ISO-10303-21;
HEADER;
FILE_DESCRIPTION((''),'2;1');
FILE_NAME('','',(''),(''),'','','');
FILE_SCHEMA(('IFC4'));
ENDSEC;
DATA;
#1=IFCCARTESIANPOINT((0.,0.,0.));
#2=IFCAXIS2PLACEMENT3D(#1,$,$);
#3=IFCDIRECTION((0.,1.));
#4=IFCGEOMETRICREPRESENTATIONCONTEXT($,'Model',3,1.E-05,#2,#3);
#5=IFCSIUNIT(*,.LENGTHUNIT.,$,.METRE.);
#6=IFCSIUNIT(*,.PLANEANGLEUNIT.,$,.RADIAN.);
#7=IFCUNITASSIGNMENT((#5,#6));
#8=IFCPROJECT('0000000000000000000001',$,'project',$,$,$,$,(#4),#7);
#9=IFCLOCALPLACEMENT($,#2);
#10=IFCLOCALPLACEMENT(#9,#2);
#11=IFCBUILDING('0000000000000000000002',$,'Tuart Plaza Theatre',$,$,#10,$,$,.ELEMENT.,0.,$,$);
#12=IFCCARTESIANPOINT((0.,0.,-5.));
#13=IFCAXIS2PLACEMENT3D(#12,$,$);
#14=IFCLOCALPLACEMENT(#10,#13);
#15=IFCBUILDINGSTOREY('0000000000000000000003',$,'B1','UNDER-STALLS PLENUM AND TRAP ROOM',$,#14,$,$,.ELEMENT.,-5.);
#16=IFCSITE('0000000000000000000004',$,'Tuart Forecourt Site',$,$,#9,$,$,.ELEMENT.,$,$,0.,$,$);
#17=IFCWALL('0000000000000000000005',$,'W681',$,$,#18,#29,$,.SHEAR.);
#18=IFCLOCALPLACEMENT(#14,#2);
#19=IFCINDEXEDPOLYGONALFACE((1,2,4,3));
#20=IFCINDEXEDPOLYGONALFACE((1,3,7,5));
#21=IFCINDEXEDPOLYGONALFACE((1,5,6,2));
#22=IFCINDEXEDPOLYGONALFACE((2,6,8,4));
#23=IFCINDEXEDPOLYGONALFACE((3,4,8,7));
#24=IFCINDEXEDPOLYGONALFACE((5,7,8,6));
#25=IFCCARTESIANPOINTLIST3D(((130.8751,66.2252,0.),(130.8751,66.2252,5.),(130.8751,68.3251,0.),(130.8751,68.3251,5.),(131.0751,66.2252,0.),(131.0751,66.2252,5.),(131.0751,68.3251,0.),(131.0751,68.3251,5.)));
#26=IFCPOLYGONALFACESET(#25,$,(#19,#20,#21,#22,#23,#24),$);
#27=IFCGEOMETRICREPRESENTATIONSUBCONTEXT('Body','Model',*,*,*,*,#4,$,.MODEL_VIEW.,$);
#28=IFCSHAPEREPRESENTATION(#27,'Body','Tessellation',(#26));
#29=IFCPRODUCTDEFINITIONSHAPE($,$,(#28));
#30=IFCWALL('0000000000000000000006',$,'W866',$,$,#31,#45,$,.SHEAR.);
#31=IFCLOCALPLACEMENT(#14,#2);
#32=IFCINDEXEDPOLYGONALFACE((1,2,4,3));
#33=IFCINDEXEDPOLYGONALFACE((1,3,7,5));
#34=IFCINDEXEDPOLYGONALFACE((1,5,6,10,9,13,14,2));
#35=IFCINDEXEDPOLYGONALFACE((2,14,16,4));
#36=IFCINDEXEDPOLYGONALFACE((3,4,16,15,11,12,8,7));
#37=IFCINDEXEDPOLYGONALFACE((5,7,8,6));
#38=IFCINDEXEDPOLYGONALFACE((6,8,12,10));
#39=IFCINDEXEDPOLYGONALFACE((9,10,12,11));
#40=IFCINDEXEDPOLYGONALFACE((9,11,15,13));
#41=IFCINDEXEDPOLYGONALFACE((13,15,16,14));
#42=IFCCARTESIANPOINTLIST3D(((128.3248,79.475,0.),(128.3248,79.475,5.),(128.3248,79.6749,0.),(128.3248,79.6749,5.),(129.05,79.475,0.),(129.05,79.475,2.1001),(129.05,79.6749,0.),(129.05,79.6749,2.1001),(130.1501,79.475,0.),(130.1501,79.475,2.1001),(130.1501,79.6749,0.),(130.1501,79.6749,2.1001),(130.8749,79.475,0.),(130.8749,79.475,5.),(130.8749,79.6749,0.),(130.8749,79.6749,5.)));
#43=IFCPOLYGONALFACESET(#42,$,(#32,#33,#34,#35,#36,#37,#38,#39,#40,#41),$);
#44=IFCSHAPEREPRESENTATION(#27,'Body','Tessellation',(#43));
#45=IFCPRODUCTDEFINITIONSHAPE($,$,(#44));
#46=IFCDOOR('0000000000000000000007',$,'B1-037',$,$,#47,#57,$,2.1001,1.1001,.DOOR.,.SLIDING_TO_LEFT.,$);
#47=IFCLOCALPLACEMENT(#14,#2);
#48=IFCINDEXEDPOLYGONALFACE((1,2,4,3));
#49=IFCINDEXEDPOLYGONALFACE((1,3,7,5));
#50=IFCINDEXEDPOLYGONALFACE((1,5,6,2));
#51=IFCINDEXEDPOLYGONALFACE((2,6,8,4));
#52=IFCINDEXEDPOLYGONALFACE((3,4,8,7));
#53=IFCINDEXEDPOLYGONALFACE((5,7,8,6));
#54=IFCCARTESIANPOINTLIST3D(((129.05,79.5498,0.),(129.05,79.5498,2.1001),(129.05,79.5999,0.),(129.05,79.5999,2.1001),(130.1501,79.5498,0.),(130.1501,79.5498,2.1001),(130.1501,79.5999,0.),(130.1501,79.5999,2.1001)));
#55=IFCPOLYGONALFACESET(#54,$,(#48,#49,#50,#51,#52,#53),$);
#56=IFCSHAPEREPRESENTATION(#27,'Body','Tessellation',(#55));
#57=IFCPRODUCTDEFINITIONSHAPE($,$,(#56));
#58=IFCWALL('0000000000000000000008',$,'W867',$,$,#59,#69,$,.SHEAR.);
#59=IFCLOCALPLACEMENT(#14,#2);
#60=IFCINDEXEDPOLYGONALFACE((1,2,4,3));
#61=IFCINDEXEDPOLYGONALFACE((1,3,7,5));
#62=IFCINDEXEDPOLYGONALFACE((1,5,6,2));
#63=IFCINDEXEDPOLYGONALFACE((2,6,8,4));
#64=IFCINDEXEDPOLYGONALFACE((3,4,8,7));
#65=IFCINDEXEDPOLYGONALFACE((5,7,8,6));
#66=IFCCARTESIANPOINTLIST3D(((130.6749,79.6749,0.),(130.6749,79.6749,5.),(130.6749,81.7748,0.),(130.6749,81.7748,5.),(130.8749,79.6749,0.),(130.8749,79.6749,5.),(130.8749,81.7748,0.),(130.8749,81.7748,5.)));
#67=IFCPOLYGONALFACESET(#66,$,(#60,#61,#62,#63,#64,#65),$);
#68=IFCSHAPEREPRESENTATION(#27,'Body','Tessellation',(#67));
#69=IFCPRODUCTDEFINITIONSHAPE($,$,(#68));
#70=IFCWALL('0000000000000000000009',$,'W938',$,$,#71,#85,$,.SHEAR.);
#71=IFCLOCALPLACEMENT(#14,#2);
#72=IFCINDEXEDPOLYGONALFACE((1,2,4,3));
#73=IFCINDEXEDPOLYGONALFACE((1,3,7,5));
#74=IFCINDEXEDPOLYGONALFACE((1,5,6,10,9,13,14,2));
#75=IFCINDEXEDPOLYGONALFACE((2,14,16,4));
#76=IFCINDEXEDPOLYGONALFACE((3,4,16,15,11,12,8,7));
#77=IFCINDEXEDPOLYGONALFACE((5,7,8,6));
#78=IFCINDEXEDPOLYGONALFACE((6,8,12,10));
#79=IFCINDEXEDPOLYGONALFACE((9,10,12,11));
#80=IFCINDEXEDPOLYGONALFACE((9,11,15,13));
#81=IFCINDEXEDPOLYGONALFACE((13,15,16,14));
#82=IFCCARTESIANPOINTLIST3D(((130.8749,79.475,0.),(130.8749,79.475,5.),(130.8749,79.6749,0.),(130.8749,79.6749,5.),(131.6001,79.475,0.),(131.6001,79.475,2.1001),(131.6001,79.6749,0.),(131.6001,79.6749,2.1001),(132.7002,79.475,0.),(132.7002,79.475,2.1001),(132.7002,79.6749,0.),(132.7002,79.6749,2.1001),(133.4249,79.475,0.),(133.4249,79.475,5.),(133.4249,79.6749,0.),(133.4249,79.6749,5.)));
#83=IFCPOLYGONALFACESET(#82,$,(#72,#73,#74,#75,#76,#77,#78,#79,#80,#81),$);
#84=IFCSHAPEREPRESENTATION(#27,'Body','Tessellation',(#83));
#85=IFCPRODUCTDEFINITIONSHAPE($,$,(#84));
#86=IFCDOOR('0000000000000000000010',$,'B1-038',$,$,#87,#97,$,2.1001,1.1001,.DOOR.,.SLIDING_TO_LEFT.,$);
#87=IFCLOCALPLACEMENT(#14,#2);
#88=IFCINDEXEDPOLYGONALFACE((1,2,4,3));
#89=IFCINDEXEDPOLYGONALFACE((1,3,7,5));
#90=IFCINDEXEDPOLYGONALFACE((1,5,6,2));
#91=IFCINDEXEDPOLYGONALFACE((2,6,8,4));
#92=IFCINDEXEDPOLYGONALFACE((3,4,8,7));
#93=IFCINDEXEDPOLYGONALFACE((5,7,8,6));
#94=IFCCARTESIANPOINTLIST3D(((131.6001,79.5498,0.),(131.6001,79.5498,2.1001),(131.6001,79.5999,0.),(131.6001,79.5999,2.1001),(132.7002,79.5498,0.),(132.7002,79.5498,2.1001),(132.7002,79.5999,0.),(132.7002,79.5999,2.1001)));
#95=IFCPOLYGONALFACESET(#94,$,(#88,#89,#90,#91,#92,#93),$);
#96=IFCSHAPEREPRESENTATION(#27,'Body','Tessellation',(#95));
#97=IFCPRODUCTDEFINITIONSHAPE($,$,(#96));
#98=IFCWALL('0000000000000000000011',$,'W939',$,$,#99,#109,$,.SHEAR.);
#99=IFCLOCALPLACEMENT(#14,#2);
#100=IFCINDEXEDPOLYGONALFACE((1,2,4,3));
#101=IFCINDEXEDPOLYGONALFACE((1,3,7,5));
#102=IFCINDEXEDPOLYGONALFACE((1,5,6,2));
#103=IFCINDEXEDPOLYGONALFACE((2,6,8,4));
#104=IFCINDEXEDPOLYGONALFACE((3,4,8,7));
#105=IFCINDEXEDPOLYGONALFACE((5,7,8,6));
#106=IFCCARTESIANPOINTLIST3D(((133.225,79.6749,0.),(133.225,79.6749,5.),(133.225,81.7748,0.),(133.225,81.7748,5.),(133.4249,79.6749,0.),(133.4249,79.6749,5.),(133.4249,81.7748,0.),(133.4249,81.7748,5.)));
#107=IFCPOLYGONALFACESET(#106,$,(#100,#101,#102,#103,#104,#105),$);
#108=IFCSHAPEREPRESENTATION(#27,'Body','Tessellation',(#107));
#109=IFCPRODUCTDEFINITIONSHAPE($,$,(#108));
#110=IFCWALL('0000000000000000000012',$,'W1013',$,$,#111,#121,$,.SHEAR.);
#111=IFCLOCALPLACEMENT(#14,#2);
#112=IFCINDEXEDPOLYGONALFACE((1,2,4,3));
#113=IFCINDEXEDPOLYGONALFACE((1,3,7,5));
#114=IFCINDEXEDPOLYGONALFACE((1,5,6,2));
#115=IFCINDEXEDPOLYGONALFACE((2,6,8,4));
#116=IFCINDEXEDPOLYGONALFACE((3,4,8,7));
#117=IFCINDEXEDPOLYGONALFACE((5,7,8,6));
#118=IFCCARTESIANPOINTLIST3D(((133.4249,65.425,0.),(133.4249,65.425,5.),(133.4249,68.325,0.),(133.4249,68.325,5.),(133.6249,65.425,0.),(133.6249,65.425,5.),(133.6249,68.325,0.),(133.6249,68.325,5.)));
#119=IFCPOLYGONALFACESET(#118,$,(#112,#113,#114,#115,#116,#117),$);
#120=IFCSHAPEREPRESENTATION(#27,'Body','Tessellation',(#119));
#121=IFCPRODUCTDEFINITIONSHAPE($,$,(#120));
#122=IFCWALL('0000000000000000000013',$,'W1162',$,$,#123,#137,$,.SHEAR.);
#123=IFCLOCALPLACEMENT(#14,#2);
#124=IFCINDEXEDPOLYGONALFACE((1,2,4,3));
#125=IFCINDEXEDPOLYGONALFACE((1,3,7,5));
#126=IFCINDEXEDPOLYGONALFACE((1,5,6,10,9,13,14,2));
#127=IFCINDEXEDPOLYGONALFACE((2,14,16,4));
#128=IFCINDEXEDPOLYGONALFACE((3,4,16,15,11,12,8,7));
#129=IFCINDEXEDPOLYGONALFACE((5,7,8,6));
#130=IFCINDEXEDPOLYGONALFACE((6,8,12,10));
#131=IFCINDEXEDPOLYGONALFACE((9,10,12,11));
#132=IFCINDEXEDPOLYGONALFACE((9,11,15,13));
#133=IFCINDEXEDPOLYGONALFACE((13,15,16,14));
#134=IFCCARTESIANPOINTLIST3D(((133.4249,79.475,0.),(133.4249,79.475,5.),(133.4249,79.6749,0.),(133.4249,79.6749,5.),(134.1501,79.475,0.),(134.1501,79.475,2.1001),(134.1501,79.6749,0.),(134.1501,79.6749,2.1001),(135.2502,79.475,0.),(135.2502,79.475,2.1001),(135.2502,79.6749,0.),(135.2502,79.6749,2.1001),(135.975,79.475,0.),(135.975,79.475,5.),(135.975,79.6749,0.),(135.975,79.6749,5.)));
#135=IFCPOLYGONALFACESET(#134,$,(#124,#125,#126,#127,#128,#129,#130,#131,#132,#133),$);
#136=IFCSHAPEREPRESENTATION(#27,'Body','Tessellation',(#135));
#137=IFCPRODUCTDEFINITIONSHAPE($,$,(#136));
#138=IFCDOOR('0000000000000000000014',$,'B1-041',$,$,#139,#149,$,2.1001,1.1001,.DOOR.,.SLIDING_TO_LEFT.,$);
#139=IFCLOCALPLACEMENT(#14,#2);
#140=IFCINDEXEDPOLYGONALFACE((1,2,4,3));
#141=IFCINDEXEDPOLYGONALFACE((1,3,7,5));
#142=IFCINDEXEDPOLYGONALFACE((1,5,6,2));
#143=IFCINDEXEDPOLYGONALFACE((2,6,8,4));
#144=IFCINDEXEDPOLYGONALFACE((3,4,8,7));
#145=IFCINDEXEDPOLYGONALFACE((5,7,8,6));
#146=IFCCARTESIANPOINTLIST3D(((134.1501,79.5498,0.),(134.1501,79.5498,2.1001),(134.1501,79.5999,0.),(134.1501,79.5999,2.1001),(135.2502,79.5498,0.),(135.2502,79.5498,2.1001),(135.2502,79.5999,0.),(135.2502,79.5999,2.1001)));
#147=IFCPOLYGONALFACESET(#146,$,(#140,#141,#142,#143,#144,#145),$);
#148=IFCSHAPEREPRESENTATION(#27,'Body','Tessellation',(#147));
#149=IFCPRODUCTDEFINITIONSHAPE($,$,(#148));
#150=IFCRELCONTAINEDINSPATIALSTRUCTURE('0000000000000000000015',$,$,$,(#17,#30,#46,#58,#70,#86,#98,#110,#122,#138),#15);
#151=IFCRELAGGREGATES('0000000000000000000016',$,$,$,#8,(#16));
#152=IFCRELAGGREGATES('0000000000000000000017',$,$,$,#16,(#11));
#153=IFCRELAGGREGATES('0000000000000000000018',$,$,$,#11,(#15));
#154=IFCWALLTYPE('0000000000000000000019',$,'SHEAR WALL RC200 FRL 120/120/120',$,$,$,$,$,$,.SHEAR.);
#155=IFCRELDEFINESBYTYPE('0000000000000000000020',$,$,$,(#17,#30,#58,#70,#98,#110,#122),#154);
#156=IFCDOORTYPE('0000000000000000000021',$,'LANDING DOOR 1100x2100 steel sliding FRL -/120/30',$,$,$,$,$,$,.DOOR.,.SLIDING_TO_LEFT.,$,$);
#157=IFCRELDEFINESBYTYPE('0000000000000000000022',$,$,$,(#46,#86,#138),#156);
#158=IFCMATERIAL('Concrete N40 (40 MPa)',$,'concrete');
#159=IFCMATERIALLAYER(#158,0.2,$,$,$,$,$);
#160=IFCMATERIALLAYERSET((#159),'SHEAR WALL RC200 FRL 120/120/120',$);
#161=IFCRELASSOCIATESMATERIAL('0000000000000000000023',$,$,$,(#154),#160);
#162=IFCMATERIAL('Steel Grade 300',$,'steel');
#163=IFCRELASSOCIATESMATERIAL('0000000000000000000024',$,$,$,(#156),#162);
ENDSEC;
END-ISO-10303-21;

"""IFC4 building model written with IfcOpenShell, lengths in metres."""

from ifc_helpers import new_model, si_unit, direction, frame, frame_2d, origin, place, context, subcontext, project, spatial, rectangle, extrude, material, layer, layer_set, type_object, element, fill, save


model = new_model("IFC4")

# Units and contexts
model_context = context("Model", 3, precision=1e-05, world=origin(), true_north=direction((0.0, 1.0)))
body_context = subcontext(model_context, "Body", "Model", "MODEL_VIEW")
ifc_project = project(units=[si_unit("LENGTHUNIT", "METRE"), si_unit("PLANEANGLEUNIT", "RADIAN")], contexts=[model_context])

# Site, building, storey
site_placement = place(None, origin())
site = spatial("IfcSite", under=ifc_project, at=site_placement, Name="Tuart Forecourt Site", CompositionType="ELEMENT", RefElevation=0.0)
building_placement = place(site_placement, origin())
building = spatial("IfcBuilding", under=site, at=building_placement, Name="Tuart Plaza Theatre", CompositionType="ELEMENT", ElevationOfRefHeight=0.0)
storey_placement = place(building_placement, frame((0.0, 0.0, -5.0)))
storey = spatial("IfcBuildingStorey", under=building, at=storey_placement, Name="B1", Description="UNDER-STALLS PLENUM AND TRAP ROOM", CompositionType="ELEMENT", Elevation=-5.0)

# Shared definitions
ifc_material_1 = material(Name="Concrete N40 (40 MPa)", Category="concrete")
ifc_layer_1 = layer(ifc_material_1, 0.2)
ifc_layer_set_1 = layer_set([ifc_layer_1], Name="SHEAR WALL RC200 FRL 120/120/120")
wall_type_1 = type_object("IfcWallType", Name="SHEAR WALL RC200 FRL 120/120/120", PredefinedType="SHEAR", material=ifc_layer_set_1)
ifc_material_2 = material(Name="Steel Grade 300", Category="steel")
door_type_1 = type_object("IfcDoorType", Name="LANDING DOOR 1100x2100 steel sliding FRL -/120/30", OperationType="SLIDING_TO_LEFT", PredefinedType="DOOR", material=ifc_material_2)

# Wall
wall_1_placement = place(storey_placement, frame((130.9751, 68.325, 0.0), z_axis=(0.0, 0.0, 1.0), x_axis=(0.0, -1.0, 0.0)))
element("IfcWall", 1, at=wall_1_placement, inside=storey, type_object=wall_type_1, Name="W681", PredefinedType="SHEAR", context=body_context, shape_type="SweptSolid", body=[
    extrude(rectangle(XDim=2.0999, YDim=0.2, at=frame_2d((1.0498, 0.0))), origin(), (0.0, 0.0, 1.0), 5.0),
])

# Wall, opening, door
wall_2_placement = place(storey_placement, frame((128.325, 79.575, 0.0), z_axis=(0.0, 0.0, 1.0), x_axis=(1.0, 0.0, 0.0)))
wall_2 = element("IfcWall", 2, at=wall_2_placement, inside=storey, type_object=wall_type_1, Name="W866", PredefinedType="SHEAR", context=body_context, shape_type="SweptSolid", body=[
    extrude(rectangle(XDim=2.55, YDim=0.2, at=frame_2d((1.2749, 0.0))), origin(), (0.0, 0.0, 1.0), 5.0),
])
opening_1_placement = place(wall_2_placement, frame((0.7251, 0.0, 0.0)))
opening_1 = element("IfcOpeningElement", 3, at=opening_1_placement, cuts=wall_2, PredefinedType="OPENING", context=body_context, shape_type="SweptSolid", body=[
    extrude(rectangle(XDim=1.1001, YDim=2.1001, at=frame_2d((0.55, 1.05))), frame((0.0, 0.1099, 0.0), z_axis=(0.0, -1.0, 0.0), x_axis=(1.0, 0.0, 0.0)), (0.0, 0.0, 1.0), 0.22),
])
door_1_placement = place(opening_1_placement, origin())
door_1 = element("IfcDoor", 4, at=door_1_placement, inside=storey, type_object=door_type_1, Name="B1-037", OperationType="SLIDING_TO_LEFT", OverallHeight=2.1001, OverallWidth=1.1001, PredefinedType="DOOR", context=body_context, shape_type="SweptSolid", body=[
    extrude(rectangle(XDim=1.1001, YDim=2.1001, at=frame_2d((0.55, 1.05))), frame((0.0, 0.0249, 0.0), z_axis=(0.0, -1.0, 0.0), x_axis=(1.0, 0.0, 0.0)), (0.0, 0.0, 1.0), 0.05),
])
fill(opening_1, door_1)

# Wall
wall_3_placement = place(storey_placement, frame((130.7749, 79.675, 0.0), z_axis=(0.0, 0.0, 1.0), x_axis=(0.0, 1.0, 0.0)))
element("IfcWall", 5, at=wall_3_placement, inside=storey, type_object=wall_type_1, Name="W867", PredefinedType="SHEAR", context=body_context, shape_type="SweptSolid", body=[
    extrude(rectangle(XDim=2.0999, YDim=0.2, at=frame_2d((1.0498, 0.0))), origin(), (0.0, 0.0, 1.0), 5.0),
])

# Wall, opening, door
wall_4_placement = place(storey_placement, frame((130.875, 79.575, 0.0), z_axis=(0.0, 0.0, 1.0), x_axis=(1.0, 0.0, 0.0)))
wall_4 = element("IfcWall", 6, at=wall_4_placement, inside=storey, type_object=wall_type_1, Name="W938", PredefinedType="SHEAR", context=body_context, shape_type="SweptSolid", body=[
    extrude(rectangle(XDim=2.55, YDim=0.2, at=frame_2d((1.2749, 0.0))), origin(), (0.0, 0.0, 1.0), 5.0),
])
opening_2_placement = place(wall_4_placement, frame((0.7251, 0.0, 0.0)))
opening_2 = element("IfcOpeningElement", 7, at=opening_2_placement, cuts=wall_4, PredefinedType="OPENING", context=body_context, shape_type="SweptSolid", body=[
    extrude(rectangle(XDim=1.1001, YDim=2.1001, at=frame_2d((0.55, 1.05))), frame((0.0, 0.1099, 0.0), z_axis=(0.0, -1.0, 0.0), x_axis=(1.0, 0.0, 0.0)), (0.0, 0.0, 1.0), 0.22),
])
door_2_placement = place(opening_2_placement, origin())
door_2 = element("IfcDoor", 8, at=door_2_placement, inside=storey, type_object=door_type_1, Name="B1-038", OperationType="SLIDING_TO_LEFT", OverallHeight=2.1001, OverallWidth=1.1001, PredefinedType="DOOR", context=body_context, shape_type="SweptSolid", body=[
    extrude(rectangle(XDim=1.1001, YDim=2.1001, at=frame_2d((0.55, 1.05))), frame((0.0, 0.0249, 0.0), z_axis=(0.0, -1.0, 0.0), x_axis=(1.0, 0.0, 0.0)), (0.0, 0.0, 1.0), 0.05),
])
fill(opening_2, door_2)

# Walls
wall_5_placement = place(storey_placement, frame((133.325, 79.675, 0.0), z_axis=(0.0, 0.0, 1.0), x_axis=(0.0, 1.0, 0.0)))
element("IfcWall", 9, at=wall_5_placement, inside=storey, type_object=wall_type_1, Name="W939", PredefinedType="SHEAR", context=body_context, shape_type="SweptSolid", body=[
    extrude(rectangle(XDim=2.0999, YDim=0.2, at=frame_2d((1.0498, 0.0))), origin(), (0.0, 0.0, 1.0), 5.0),
])
wall_6_placement = place(storey_placement, frame((133.5249, 68.325, 0.0), z_axis=(0.0, 0.0, 1.0), x_axis=(0.0, -1.0, 0.0)))
element("IfcWall", 10, at=wall_6_placement, inside=storey, type_object=wall_type_1, Name="W1013", PredefinedType="SHEAR", context=body_context, shape_type="SweptSolid", body=[
    extrude(rectangle(XDim=2.8999, YDim=0.2, at=frame_2d((1.45, 0.0))), origin(), (0.0, 0.0, 1.0), 5.0),
])

# Wall, opening, door
wall_7_placement = place(storey_placement, frame((133.425, 79.575, 0.0), z_axis=(0.0, 0.0, 1.0), x_axis=(1.0, 0.0, 0.0)))
wall_7 = element("IfcWall", 11, at=wall_7_placement, inside=storey, type_object=wall_type_1, Name="W1162", PredefinedType="SHEAR", context=body_context, shape_type="SweptSolid", body=[
    extrude(rectangle(XDim=2.55, YDim=0.2, at=frame_2d((1.2749, 0.0))), origin(), (0.0, 0.0, 1.0), 5.0),
])
opening_3_placement = place(wall_7_placement, frame((0.7251, 0.0, 0.0)))
opening_3 = element("IfcOpeningElement", 12, at=opening_3_placement, cuts=wall_7, PredefinedType="OPENING", context=body_context, shape_type="SweptSolid", body=[
    extrude(rectangle(XDim=1.1001, YDim=2.1001, at=frame_2d((0.55, 1.05))), frame((0.0, 0.1099, 0.0), z_axis=(0.0, -1.0, 0.0), x_axis=(1.0, 0.0, 0.0)), (0.0, 0.0, 1.0), 0.22),
])
door_3_placement = place(opening_3_placement, origin())
door_3 = element("IfcDoor", 13, at=door_3_placement, inside=storey, type_object=door_type_1, Name="B1-041", OperationType="SLIDING_TO_LEFT", OverallHeight=2.1001, OverallWidth=1.1001, PredefinedType="DOOR", context=body_context, shape_type="SweptSolid", body=[
    extrude(rectangle(XDim=1.1001, YDim=2.1001, at=frame_2d((0.55, 1.05))), frame((0.0, 0.0249, 0.0), z_axis=(0.0, -1.0, 0.0), x_axis=(1.0, 0.0, 0.0)), (0.0, 0.0, 1.0), 0.05),
])
fill(opening_3, door_3)

save(model, "model.ifc")
